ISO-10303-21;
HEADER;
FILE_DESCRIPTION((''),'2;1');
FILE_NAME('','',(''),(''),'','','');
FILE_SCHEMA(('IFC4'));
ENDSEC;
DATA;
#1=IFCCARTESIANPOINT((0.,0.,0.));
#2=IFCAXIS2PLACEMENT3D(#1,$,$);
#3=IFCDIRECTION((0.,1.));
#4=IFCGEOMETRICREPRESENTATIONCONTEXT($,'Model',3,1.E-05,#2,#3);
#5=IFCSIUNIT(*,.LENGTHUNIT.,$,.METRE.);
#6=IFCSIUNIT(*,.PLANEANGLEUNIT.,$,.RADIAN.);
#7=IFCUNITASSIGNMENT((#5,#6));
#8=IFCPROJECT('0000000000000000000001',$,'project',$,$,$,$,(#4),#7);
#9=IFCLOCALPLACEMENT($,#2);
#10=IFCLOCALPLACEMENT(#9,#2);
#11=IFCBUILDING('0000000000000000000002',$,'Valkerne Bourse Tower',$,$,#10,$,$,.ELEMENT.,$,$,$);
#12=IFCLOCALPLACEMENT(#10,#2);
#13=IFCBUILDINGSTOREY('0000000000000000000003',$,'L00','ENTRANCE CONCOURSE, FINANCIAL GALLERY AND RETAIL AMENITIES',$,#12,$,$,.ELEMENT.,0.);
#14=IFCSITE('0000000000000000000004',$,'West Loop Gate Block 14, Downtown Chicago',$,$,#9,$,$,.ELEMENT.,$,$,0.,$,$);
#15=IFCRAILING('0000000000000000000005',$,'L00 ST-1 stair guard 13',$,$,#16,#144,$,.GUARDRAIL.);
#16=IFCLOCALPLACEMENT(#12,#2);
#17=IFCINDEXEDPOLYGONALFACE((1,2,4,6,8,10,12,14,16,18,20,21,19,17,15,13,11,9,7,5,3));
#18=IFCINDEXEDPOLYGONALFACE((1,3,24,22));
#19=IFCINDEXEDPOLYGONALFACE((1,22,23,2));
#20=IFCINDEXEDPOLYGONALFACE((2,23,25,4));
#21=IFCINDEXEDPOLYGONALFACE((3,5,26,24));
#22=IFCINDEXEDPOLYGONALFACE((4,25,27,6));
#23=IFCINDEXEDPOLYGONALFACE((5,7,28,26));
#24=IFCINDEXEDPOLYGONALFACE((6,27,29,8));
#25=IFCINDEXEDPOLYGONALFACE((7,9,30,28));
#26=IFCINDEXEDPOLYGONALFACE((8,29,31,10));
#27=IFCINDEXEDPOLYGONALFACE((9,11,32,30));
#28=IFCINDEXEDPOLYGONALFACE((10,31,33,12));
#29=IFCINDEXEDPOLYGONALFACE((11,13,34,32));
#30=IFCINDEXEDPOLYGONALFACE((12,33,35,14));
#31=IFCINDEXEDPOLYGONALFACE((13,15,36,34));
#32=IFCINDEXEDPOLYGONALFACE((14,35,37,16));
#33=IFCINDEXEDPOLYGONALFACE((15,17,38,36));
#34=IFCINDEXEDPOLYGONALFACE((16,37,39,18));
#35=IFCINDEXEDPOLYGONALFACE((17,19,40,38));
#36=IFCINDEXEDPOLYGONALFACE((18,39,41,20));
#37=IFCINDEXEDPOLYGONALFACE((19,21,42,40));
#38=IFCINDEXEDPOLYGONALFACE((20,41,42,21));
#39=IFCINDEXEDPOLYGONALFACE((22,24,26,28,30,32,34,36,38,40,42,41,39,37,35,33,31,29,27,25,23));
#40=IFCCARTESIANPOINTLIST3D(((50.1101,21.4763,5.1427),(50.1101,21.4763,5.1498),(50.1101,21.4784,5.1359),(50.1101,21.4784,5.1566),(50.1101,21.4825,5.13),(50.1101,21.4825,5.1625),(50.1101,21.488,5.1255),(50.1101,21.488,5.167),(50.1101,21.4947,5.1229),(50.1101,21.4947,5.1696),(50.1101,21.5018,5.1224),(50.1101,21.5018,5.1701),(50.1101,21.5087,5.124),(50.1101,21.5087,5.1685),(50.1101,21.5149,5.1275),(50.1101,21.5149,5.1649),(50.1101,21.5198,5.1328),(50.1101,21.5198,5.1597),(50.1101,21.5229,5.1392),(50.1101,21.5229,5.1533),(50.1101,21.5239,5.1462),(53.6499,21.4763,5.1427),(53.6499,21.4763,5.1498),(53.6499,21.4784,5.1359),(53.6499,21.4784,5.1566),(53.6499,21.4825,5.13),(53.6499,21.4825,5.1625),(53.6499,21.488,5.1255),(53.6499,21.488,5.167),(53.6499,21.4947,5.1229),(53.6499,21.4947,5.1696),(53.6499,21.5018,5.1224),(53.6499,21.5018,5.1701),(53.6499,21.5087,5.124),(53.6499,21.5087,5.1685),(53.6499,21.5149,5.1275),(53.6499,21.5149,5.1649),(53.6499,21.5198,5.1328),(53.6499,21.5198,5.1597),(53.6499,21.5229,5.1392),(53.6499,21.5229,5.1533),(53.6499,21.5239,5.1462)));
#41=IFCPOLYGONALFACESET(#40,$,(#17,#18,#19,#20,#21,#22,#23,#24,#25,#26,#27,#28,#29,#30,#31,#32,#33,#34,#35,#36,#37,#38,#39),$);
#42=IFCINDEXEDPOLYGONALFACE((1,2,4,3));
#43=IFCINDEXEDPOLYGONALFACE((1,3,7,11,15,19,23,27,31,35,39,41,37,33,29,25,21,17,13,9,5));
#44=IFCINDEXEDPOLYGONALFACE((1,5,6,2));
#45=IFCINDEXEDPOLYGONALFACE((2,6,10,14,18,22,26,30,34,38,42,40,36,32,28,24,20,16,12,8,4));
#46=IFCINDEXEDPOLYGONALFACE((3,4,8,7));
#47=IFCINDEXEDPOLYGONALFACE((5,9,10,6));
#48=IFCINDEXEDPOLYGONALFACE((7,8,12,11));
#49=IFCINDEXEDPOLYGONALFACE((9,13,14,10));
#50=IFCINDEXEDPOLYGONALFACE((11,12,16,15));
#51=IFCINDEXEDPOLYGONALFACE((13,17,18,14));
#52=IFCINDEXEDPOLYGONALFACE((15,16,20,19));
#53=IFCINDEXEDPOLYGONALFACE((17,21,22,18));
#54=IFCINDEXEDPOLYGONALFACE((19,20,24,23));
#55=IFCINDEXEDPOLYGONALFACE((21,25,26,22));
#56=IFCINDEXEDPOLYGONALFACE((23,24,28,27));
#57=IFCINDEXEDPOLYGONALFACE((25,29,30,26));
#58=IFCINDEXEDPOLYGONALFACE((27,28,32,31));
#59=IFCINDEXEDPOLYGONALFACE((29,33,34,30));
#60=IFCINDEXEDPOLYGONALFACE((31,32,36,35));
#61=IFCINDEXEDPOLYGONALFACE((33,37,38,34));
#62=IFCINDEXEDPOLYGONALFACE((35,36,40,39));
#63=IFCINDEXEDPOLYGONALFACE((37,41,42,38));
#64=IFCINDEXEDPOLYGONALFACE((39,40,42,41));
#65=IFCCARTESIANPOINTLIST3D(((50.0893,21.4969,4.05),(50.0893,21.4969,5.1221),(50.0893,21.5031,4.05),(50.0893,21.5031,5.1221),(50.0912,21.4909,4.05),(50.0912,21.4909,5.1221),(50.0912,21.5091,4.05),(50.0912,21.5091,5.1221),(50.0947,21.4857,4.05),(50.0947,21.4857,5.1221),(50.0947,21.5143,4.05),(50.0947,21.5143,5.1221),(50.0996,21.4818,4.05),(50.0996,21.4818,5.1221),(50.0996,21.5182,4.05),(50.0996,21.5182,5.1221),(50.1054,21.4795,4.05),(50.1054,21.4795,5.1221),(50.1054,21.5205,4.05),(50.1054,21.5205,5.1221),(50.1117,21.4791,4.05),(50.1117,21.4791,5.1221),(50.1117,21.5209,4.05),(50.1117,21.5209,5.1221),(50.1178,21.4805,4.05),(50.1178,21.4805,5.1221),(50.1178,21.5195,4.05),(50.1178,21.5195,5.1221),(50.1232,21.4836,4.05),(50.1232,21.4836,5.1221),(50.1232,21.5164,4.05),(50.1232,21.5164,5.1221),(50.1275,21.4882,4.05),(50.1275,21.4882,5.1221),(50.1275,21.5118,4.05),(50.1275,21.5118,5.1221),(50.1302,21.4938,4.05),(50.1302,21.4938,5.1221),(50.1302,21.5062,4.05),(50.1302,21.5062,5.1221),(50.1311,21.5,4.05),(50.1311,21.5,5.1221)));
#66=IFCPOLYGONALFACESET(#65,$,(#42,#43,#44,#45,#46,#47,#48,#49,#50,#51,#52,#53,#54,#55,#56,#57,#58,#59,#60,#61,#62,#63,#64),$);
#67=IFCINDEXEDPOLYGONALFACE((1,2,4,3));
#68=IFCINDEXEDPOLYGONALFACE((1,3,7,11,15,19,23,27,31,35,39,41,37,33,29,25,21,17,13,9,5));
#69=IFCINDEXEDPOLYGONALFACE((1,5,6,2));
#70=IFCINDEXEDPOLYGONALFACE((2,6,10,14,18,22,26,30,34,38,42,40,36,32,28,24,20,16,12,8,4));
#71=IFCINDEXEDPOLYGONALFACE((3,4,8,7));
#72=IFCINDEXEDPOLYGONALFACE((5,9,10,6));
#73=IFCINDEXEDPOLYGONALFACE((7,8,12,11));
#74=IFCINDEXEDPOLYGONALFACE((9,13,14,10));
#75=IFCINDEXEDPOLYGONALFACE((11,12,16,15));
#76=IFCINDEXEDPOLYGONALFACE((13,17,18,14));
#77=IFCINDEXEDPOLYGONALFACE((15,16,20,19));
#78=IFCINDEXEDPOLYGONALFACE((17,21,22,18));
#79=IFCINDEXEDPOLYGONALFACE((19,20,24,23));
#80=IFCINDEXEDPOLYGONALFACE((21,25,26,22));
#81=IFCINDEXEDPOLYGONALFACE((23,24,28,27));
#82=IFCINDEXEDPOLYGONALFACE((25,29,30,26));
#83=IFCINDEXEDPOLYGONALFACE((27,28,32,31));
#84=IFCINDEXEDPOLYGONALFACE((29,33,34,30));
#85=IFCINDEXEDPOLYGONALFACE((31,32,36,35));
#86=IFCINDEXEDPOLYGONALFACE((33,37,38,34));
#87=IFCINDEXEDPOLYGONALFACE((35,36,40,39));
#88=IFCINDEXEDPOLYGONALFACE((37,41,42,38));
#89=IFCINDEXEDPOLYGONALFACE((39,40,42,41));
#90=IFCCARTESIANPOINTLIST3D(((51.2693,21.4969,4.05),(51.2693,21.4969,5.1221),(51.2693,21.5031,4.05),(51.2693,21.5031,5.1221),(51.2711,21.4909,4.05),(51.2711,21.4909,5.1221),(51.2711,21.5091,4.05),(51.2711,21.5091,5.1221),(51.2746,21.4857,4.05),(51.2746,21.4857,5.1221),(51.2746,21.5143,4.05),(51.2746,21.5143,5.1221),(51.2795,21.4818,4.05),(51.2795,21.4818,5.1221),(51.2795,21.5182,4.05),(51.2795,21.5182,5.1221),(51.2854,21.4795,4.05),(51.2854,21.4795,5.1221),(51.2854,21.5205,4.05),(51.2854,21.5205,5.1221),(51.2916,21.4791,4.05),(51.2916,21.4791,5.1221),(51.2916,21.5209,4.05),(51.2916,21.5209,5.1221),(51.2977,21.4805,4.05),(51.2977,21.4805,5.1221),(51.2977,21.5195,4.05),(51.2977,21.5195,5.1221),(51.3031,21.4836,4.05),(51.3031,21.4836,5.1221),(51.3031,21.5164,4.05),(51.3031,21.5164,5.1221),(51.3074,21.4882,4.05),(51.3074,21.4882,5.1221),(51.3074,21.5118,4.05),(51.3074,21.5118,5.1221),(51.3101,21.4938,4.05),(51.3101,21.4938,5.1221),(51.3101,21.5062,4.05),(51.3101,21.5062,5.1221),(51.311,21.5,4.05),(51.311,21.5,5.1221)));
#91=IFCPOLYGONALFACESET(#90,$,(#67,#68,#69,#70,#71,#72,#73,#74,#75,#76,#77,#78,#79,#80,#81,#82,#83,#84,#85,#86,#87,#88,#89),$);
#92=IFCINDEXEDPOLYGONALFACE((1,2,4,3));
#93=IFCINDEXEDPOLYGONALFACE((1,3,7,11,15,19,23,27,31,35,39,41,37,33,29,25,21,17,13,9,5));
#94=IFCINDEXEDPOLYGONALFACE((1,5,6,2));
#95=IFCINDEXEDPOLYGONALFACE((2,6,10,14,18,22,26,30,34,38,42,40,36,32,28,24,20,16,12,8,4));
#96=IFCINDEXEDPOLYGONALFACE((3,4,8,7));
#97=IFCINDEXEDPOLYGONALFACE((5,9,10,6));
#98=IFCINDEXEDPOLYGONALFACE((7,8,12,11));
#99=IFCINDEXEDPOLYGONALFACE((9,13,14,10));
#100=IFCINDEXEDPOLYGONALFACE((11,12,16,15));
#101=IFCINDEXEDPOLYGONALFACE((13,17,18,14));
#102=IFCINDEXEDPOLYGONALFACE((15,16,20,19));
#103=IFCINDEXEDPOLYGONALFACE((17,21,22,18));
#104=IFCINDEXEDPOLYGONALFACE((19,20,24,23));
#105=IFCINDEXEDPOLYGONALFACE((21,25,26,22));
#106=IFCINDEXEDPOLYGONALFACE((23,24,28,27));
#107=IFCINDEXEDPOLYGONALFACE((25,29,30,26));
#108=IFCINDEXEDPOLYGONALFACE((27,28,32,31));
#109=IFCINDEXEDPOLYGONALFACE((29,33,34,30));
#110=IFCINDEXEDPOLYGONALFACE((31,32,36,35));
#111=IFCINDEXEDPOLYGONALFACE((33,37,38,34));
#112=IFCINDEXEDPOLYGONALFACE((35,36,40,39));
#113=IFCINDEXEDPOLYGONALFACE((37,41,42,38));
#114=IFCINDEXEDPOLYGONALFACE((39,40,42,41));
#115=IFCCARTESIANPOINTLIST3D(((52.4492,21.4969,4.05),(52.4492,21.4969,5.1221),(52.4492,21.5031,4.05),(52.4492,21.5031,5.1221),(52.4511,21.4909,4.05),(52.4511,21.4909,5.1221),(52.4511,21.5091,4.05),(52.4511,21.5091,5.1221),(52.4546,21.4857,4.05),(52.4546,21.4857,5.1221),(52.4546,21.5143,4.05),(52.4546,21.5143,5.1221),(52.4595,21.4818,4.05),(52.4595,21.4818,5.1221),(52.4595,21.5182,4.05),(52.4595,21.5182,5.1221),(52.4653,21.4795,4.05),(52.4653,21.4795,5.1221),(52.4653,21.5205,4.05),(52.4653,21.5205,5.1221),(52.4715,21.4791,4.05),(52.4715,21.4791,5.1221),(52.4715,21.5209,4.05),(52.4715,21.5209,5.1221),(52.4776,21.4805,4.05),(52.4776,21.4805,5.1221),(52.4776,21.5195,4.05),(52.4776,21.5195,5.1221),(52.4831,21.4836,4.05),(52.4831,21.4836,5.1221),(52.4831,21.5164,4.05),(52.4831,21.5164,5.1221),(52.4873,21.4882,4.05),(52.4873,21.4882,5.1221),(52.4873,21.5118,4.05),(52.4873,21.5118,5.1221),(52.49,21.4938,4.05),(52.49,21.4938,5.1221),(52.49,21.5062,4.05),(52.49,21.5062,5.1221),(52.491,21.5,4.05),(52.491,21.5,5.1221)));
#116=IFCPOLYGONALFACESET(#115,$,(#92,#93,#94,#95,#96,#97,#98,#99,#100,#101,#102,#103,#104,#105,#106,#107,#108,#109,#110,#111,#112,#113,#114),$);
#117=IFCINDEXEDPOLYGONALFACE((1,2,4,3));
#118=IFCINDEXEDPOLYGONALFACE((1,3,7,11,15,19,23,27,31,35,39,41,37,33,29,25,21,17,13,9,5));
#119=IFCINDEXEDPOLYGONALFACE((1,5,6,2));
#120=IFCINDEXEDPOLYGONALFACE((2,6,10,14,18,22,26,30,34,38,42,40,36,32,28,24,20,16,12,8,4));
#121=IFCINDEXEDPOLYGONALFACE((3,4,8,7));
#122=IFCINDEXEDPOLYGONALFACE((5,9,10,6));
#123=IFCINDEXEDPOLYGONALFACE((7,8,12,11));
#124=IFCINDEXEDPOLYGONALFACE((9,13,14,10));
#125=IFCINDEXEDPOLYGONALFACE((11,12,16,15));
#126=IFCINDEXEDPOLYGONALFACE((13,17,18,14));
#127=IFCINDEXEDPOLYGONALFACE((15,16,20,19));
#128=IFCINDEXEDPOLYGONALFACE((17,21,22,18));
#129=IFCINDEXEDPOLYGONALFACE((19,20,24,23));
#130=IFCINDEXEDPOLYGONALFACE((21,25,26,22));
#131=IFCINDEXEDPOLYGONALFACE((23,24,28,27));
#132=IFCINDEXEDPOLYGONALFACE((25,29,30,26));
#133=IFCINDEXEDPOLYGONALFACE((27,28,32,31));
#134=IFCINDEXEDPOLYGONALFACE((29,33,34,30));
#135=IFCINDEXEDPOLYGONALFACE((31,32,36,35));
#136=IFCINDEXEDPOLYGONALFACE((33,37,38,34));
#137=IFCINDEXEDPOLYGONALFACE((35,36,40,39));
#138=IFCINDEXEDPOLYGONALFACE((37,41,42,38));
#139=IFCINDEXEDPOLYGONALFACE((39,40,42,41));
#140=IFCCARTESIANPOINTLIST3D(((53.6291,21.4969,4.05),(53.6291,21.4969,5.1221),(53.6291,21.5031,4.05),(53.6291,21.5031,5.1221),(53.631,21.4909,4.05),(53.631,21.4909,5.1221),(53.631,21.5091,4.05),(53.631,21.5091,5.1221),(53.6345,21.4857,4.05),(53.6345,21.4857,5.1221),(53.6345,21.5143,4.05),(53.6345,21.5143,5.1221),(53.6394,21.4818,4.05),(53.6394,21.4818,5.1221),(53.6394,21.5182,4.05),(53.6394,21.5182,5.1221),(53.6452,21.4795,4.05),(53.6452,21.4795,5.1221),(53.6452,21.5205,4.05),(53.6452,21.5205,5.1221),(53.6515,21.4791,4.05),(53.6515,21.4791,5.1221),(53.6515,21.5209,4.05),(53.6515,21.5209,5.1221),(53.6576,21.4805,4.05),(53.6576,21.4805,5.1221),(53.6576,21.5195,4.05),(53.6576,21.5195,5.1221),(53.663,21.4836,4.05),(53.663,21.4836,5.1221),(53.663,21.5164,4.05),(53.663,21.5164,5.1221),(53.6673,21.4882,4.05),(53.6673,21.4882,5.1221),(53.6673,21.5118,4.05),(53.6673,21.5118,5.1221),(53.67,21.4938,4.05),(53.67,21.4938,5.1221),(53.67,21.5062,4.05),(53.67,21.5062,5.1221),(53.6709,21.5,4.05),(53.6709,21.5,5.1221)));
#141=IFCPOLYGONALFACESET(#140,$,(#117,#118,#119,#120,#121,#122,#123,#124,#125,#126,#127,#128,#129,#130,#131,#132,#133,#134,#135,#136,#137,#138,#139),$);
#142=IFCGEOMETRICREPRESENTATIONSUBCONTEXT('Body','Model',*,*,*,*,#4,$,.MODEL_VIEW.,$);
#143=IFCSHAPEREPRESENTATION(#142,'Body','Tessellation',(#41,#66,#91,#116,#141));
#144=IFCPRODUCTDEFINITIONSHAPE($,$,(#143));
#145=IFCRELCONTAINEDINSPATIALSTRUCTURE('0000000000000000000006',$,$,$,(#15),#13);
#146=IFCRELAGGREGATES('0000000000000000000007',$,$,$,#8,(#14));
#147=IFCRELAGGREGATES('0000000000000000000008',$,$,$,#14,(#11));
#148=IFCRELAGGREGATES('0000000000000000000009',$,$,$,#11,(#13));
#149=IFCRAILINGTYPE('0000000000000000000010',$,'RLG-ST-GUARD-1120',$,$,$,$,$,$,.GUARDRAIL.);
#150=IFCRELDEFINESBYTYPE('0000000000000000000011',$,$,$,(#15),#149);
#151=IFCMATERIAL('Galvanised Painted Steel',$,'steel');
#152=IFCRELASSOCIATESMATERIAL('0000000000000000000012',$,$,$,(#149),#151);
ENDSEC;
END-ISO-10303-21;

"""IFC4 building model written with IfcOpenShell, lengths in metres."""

from ifc_helpers import new_model, si_unit, direction, frame, origin, origin_2d, place, context, subcontext, project, spatial, circle, extrude, material, type_object, element, save


model = new_model("IFC4")

# Units and contexts
model_context = context("Model", 3, precision=1e-05, world=origin(), true_north=direction((0.0, 1.0)))
body_context = subcontext(model_context, "Body", "Model", "MODEL_VIEW")
ifc_project = project(units=[si_unit("LENGTHUNIT", "METRE"), si_unit("PLANEANGLEUNIT", "RADIAN")], contexts=[model_context])

# Site, building, storey
site_placement = place(None, origin())
site = spatial("IfcSite", under=ifc_project, at=site_placement, Name="West Loop Gate Block 14, Downtown Chicago", CompositionType="ELEMENT", RefElevation=0.0)
building_placement = place(site_placement, origin())
building = spatial("IfcBuilding", under=site, at=building_placement, Name="Valkerne Bourse Tower", CompositionType="ELEMENT")
storey_placement = place(building_placement, origin())
storey = spatial("IfcBuildingStorey", under=building, at=storey_placement, Name="L00", Description="ENTRANCE CONCOURSE, FINANCIAL GALLERY AND RETAIL AMENITIES", CompositionType="ELEMENT", Elevation=0.0)

# Railing
ifc_material_1 = material(Name="Galvanised Painted Steel", Category="steel")
railing_type_1 = type_object("IfcRailingType", Name="RLG-ST-GUARD-1120", PredefinedType="GUARDRAIL", material=ifc_material_1)
railing_1_placement = place(storey_placement, frame((50.1101, 21.5, 4.05)))
element("IfcRailing", 1, at=railing_1_placement, inside=storey, type_object=railing_type_1, Name="L00 ST-1 stair guard 13", PredefinedType="GUARDRAIL", context=body_context, shape_type="SweptSolid", body=[
    extrude(circle(Radius=0.0239, at=origin_2d()), frame((0.0, 0.0, 1.0962), z_axis=(1.0, 0.0, 0.0), x_axis=(0.0, 1.0, 0.0)), (0.0, 0.0, 1.0), 3.5398),
    extrude(circle(Radius=0.021, at=origin_2d()), origin(), (0.0, 0.0, 1.0), 1.072),
    extrude(circle(Radius=0.021, at=origin_2d()), frame((1.1799, 0.0, 0.0)), (0.0, 0.0, 1.0), 1.072),
    extrude(circle(Radius=0.021, at=origin_2d()), frame((2.3599, 0.0, 0.0)), (0.0, 0.0, 1.0), 1.072),
    extrude(circle(Radius=0.021, at=origin_2d()), frame((3.5398, 0.0, 0.0)), (0.0, 0.0, 1.0), 1.072),
])

save(model, "model.ifc")
